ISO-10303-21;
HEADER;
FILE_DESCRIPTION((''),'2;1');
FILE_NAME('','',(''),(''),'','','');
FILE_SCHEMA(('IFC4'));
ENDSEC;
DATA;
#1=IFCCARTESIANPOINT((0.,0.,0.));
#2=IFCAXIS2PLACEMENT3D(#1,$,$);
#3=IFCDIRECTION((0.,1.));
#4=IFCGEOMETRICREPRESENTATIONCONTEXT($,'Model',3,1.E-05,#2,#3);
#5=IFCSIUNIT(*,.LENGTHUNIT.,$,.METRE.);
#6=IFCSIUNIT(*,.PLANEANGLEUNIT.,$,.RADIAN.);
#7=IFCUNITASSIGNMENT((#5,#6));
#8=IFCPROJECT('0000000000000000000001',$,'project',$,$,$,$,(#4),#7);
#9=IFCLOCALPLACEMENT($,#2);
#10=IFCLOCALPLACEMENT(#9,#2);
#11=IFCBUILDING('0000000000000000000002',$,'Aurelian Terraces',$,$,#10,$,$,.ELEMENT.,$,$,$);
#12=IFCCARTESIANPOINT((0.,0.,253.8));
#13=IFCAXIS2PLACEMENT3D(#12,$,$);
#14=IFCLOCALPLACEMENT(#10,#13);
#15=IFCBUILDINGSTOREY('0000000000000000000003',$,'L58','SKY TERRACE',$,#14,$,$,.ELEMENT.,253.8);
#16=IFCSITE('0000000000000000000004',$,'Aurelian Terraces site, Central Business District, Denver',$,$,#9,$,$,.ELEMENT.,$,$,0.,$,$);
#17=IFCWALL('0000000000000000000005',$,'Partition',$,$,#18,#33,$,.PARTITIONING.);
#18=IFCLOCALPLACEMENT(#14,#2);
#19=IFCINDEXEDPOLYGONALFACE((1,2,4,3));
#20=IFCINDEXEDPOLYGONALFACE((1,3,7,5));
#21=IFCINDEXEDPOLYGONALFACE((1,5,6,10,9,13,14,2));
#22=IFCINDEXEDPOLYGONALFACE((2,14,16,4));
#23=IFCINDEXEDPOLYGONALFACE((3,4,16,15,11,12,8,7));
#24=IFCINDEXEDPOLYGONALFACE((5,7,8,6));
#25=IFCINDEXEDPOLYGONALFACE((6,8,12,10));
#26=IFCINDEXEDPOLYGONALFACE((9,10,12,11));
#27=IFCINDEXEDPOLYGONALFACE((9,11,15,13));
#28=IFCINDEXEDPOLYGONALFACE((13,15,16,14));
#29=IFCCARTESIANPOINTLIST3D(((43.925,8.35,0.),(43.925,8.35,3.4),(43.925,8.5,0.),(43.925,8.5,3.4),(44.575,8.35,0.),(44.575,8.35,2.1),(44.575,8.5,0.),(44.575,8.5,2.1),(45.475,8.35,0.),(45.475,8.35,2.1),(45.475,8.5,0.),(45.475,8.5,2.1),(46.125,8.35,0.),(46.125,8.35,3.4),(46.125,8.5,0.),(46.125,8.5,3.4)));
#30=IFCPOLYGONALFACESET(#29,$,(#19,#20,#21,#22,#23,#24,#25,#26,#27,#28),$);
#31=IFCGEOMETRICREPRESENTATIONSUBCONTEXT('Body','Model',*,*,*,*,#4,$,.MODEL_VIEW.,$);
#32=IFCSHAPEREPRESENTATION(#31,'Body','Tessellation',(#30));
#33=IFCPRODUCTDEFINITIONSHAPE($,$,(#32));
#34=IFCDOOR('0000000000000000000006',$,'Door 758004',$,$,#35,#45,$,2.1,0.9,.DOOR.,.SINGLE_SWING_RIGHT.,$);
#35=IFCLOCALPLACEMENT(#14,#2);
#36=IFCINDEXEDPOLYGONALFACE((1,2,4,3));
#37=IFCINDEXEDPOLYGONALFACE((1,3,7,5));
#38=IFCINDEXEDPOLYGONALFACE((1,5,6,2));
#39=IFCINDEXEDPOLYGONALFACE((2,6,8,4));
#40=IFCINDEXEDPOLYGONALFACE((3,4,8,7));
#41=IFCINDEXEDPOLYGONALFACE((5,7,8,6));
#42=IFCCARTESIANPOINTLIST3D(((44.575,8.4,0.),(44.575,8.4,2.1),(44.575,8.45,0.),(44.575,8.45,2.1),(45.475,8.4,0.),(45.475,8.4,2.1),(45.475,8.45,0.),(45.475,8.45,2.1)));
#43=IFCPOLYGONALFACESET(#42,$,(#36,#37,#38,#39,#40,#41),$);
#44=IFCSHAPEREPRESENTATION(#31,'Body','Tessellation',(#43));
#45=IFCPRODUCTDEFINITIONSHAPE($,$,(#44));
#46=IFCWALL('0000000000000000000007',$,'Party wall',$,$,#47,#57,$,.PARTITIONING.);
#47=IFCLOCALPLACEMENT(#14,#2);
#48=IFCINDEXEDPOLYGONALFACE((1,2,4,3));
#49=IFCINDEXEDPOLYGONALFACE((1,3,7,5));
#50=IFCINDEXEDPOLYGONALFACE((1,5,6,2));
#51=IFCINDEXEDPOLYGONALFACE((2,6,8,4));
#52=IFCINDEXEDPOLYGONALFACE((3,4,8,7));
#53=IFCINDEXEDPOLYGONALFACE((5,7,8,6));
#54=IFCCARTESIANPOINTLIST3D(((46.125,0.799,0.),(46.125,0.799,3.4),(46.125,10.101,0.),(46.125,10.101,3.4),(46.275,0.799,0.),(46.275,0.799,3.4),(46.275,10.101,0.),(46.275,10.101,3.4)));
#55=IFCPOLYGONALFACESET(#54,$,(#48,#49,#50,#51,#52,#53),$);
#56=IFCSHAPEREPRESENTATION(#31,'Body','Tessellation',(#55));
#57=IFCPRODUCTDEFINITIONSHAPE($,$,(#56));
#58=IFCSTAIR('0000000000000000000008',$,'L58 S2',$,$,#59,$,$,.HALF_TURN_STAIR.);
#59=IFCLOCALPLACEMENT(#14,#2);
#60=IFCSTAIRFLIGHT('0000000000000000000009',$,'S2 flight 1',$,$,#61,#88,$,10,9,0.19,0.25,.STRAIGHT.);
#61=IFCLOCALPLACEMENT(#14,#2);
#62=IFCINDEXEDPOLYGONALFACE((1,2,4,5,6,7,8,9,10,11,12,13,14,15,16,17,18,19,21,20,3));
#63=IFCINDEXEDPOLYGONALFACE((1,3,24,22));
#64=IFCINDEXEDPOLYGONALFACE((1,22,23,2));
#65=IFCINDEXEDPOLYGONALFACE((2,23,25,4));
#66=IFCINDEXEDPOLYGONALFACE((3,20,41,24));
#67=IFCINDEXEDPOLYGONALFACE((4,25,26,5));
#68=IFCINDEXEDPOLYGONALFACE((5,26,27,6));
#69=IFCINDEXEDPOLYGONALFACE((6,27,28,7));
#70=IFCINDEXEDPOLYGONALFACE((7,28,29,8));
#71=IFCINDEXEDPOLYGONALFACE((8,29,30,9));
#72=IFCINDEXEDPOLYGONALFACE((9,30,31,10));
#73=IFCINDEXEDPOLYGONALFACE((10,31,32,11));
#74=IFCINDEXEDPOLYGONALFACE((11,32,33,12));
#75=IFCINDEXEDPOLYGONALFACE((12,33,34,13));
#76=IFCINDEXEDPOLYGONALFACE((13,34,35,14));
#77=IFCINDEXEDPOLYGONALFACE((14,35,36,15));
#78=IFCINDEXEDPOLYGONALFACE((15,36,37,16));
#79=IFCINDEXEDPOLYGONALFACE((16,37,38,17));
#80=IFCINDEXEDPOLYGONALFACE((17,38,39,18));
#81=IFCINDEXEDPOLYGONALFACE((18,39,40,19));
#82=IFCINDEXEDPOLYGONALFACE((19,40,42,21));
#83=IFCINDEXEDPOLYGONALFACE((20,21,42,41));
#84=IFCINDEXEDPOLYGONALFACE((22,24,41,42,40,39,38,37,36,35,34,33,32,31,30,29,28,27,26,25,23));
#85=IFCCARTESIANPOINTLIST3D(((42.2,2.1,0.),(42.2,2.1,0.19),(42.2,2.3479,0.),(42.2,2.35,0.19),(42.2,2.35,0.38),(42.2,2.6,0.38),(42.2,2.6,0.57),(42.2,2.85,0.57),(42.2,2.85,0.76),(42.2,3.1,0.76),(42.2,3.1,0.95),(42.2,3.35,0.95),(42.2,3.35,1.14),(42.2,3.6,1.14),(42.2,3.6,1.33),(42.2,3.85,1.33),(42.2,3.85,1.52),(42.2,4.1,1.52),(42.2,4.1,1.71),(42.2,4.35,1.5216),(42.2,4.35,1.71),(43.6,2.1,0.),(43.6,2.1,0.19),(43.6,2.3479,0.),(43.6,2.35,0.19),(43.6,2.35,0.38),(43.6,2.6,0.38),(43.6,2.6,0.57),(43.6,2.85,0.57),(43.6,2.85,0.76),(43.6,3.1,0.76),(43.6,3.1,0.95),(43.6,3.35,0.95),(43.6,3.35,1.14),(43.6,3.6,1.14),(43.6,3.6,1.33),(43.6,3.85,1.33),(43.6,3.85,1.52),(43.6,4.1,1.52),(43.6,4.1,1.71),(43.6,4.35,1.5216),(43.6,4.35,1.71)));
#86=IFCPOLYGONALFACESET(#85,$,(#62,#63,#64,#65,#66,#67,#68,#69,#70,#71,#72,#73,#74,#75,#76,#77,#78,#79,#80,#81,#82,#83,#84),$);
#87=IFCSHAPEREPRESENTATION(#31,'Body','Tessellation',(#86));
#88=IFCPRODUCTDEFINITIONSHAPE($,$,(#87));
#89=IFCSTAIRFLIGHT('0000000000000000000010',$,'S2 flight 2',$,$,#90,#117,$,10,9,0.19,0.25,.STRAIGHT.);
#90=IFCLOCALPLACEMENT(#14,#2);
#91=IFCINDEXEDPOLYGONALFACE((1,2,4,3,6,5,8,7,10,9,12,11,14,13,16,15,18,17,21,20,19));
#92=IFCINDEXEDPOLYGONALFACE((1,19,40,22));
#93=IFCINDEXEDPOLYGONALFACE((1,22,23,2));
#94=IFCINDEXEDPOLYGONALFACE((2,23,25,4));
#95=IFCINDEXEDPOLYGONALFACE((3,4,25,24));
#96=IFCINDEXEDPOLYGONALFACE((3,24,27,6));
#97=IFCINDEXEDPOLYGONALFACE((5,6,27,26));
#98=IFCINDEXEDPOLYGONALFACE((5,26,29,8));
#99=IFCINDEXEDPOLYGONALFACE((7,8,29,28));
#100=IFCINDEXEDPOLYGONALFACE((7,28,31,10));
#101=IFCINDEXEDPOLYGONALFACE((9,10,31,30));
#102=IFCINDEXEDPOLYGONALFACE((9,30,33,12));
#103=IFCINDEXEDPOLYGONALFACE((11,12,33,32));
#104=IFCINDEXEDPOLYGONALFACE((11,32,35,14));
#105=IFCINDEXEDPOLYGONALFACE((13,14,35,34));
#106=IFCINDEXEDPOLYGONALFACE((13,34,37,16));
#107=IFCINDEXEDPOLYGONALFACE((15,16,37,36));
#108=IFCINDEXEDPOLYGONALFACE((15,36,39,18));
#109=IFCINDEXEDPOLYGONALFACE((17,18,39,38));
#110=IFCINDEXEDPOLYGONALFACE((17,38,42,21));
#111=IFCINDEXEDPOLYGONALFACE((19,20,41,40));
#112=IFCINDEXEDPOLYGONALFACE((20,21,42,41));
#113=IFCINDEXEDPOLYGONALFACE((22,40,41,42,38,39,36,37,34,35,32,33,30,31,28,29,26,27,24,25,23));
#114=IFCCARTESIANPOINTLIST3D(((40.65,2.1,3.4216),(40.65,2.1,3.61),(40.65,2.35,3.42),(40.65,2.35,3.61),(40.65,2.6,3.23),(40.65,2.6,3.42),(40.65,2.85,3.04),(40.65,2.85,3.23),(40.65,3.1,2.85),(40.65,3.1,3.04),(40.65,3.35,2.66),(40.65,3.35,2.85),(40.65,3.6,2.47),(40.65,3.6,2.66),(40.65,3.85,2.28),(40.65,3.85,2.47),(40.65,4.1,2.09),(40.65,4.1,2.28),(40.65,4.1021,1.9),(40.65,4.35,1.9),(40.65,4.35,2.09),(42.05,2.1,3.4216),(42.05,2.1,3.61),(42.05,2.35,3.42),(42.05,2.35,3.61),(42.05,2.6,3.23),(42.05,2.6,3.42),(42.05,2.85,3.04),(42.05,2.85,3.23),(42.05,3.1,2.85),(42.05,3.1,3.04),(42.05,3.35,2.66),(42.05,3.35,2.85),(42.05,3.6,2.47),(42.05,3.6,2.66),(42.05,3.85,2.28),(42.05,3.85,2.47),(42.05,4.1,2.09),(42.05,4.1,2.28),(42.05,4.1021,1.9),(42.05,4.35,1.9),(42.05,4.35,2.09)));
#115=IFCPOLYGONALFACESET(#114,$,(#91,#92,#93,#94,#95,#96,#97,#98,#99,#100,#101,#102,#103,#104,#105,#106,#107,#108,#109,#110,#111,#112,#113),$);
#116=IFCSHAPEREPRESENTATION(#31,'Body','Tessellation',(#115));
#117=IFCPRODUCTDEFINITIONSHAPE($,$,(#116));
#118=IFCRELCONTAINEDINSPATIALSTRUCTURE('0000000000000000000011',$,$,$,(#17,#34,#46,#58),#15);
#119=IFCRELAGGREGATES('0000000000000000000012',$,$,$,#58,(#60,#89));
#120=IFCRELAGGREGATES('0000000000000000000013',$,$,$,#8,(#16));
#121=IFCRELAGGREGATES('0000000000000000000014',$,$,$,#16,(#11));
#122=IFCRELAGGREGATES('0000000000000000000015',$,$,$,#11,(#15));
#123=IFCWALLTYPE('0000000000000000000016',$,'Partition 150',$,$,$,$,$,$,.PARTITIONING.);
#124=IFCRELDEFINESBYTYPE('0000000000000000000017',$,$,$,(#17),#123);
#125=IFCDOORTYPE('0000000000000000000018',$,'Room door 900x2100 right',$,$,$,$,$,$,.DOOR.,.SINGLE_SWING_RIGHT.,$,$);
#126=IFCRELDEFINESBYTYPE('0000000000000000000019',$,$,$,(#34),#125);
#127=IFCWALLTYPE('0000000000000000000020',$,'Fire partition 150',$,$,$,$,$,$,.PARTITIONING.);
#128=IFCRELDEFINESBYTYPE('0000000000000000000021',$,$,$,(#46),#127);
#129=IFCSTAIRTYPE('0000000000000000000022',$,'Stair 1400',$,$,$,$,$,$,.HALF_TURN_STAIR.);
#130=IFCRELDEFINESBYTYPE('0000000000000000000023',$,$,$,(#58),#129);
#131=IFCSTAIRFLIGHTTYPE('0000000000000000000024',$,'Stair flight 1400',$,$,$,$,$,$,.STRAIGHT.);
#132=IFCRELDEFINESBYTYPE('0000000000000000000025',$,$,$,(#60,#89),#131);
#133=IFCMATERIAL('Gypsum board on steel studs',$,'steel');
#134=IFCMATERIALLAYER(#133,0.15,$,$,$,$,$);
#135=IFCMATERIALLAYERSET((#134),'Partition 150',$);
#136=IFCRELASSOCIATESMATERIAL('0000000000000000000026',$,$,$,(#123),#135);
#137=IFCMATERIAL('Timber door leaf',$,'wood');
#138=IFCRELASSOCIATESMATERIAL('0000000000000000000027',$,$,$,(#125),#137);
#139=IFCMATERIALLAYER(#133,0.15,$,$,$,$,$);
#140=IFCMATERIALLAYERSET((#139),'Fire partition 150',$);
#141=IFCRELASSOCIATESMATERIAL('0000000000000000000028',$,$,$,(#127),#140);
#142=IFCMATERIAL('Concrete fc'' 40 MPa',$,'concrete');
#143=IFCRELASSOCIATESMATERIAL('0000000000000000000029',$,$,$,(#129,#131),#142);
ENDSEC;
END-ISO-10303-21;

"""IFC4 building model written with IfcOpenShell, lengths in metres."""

from ifc_helpers import new_model, si_unit, direction, frame, frame_2d, origin, place, context, subcontext, project, spatial, polyline, rectangle, outline, extrude, source, transform, mapped, material, layer, layer_set, type_object, element, fill, aggregate, save


model = new_model("IFC4")

# Units and contexts
model_context = context("Model", 3, precision=1e-05, world=origin(), true_north=direction((0.0, 1.0)))
body_context = subcontext(model_context, "Body", "Model", "MODEL_VIEW")
ifc_project = project(units=[si_unit("LENGTHUNIT", "METRE"), si_unit("PLANEANGLEUNIT", "RADIAN")], contexts=[model_context])

# Site, building, storey
site_placement = place(None, origin())
site = spatial("IfcSite", under=ifc_project, at=site_placement, Name="Aurelian Terraces site, Central Business District, Denver", CompositionType="ELEMENT", RefElevation=0.0)
building_placement = place(site_placement, origin())
building = spatial("IfcBuilding", under=site, at=building_placement, Name="Aurelian Terraces", CompositionType="ELEMENT")
storey_placement = place(building_placement, frame((0.0, 0.0, 253.8)))
storey = spatial("IfcBuildingStorey", under=building, at=storey_placement, Name="L58", Description="SKY TERRACE", CompositionType="ELEMENT", Elevation=253.8)

# Shared definitions
ifc_material_1 = material(Name="Concrete fc' 40 MPa", Category="concrete")

# Shared definitions
ifc_material_2 = material(Name="Gypsum board on steel studs", Category="steel")

# Wall, opening, door
ifc_layer_1 = layer(ifc_material_2, 0.15)
ifc_layer_set_1 = layer_set([ifc_layer_1], Name="Partition 150")
wall_type_1 = type_object("IfcWallType", Name="Partition 150", PredefinedType="PARTITIONING", material=ifc_layer_set_1)
shared_shape_1 = source(origin(), body_context, "Body", "SweptSolid", [
    extrude(rectangle(XDim=2.2, YDim=0.15, at=frame_2d((1.1, 0.0))), origin(), (0.0, 0.0, 1.0), 3.4),
])
wall_1_placement = place(storey_placement, frame((46.125, 8.425, 0.0), z_axis=(0.0, 0.0, 1.0), x_axis=(-1.0, 0.0, 0.0)))
wall_1 = element("IfcWall", 1, at=wall_1_placement, inside=storey, type_object=wall_type_1, Name="Partition", PredefinedType="PARTITIONING", context=body_context, shape_type="MappedRepresentation", body=[
    mapped(shared_shape_1, transform((0.0, 0.0, 0.0), scale=1.0)),
])
shared_shape_2 = source(origin(), body_context, "Body", "SweptSolid", [
    extrude(rectangle(XDim=0.9, YDim=2.1, at=frame_2d((0.45, 1.05))), frame((0.0, 0.085, 0.0), z_axis=(0.0, -1.0, 0.0), x_axis=(1.0, 0.0, 0.0)), (0.0, 0.0, 1.0), 0.17),
])
opening_1_placement = place(wall_1_placement, frame((0.65, 0.0, 0.0)))
opening_1 = element("IfcOpeningElement", 2, at=opening_1_placement, cuts=wall_1, PredefinedType="OPENING", context=body_context, shape_type="MappedRepresentation", body=[
    mapped(shared_shape_2, transform((0.0, 0.0, 0.0), scale=1.0)),
])
ifc_material_3 = material(Name="Timber door leaf", Category="wood")
door_type_1 = type_object("IfcDoorType", Name="Room door 900x2100 right", OperationType="SINGLE_SWING_RIGHT", PredefinedType="DOOR", material=ifc_material_3)
shared_shape_3 = source(origin(), body_context, "Body", "SweptSolid", [
    extrude(rectangle(XDim=0.9, YDim=2.1, at=frame_2d((0.45, 1.05))), frame((0.0, 0.025, 0.0), z_axis=(0.0, -1.0, 0.0), x_axis=(1.0, 0.0, 0.0)), (0.0, 0.0, 1.0), 0.05),
])
door_1_placement = place(opening_1_placement, origin())
door_1 = element("IfcDoor", 3, at=door_1_placement, inside=storey, type_object=door_type_1, Name="Door 758004", OperationType="SINGLE_SWING_RIGHT", OverallHeight=2.1, OverallWidth=0.9, PredefinedType="DOOR", context=body_context, shape_type="MappedRepresentation", body=[
    mapped(shared_shape_3, transform((0.0, 0.0, 0.0), scale=1.0)),
])
fill(opening_1, door_1)

# Wall
ifc_layer_2 = layer(ifc_material_2, 0.15)
ifc_layer_set_2 = layer_set([ifc_layer_2], Name="Fire partition 150")
wall_type_2 = type_object("IfcWallType", Name="Fire partition 150", PredefinedType="PARTITIONING", material=ifc_layer_set_2)
shared_shape_4 = source(origin(), body_context, "Body", "SweptSolid", [
    extrude(rectangle(XDim=9.302, YDim=0.15, at=frame_2d((4.651, 0.0))), origin(), (0.0, 0.0, 1.0), 3.4),
])
wall_2_placement = place(storey_placement, frame((46.2, 0.799, 0.0), z_axis=(0.0, 0.0, 1.0), x_axis=(0.0, 1.0, 0.0)))
element("IfcWall", 4, at=wall_2_placement, inside=storey, type_object=wall_type_2, Name="Party wall", PredefinedType="PARTITIONING", context=body_context, shape_type="MappedRepresentation", body=[
    mapped(shared_shape_4, transform((0.0, 0.0, 0.0), scale=1.0)),
])

# Stair, stair flights
stair_type = type_object("IfcStairType", Name="Stair 1400", PredefinedType="HALF_TURN_STAIR", material=ifc_material_1)
stair_placement = place(storey_placement, origin())
stair = element("IfcStair", 5, at=stair_placement, inside=storey, type_object=stair_type, Name="L58 S2", PredefinedType="HALF_TURN_STAIR")
stair_flight_type = type_object("IfcStairFlightType", Name="Stair flight 1400", PredefinedType="STRAIGHT", material=ifc_material_1)
shared_shape_5 = source(origin(), body_context, "Body", "SweptSolid", [
    extrude(outline(polyline([(0.0, 0.0), (0.0, 0.19), (0.25, 0.19), (0.25, 0.38), (0.5, 0.38), (0.5, 0.57), (0.75, 0.57), (0.75, 0.76), (1.0, 0.76), (1.0, 0.95), (1.25, 0.95), (1.25, 1.14), (1.5, 1.14), (1.5, 1.33), (1.75, 1.33), (1.75, 1.52), (2.0, 1.52), (2.0, 1.71), (2.25, 1.71), (2.25, 1.9), (2.25, 1.5216), (0.2479, 0.0), (0.0, 0.0)])), frame((0.0, 0.7, 0.0), z_axis=(0.0, -1.0, 0.0), x_axis=(1.0, 0.0, 0.0)), (0.0, 0.0, 1.0), 1.4),
])
stair_flight_1_placement = place(storey_placement, frame((42.9, 2.1, 0.0), z_axis=(0.0, 0.0, 1.0), x_axis=(0.0, 1.0, 0.0)))
stair_flight_1 = element("IfcStairFlight", 6, at=stair_flight_1_placement, type_object=stair_flight_type, Name="S2 flight 1", NumberOfRisers=10, NumberOfTreads=9, PredefinedType="STRAIGHT", RiserHeight=0.19, TreadLength=0.25, context=body_context, shape_type="MappedRepresentation", body=[
    mapped(shared_shape_5, transform((0.0, 0.0, 0.0), scale=1.0)),
])
stair_flight_2_placement = place(storey_placement, frame((41.35, 4.35, 1.9), z_axis=(0.0, 0.0, 1.0), x_axis=(0.0, -1.0, 0.0)))
stair_flight_2 = element("IfcStairFlight", 7, at=stair_flight_2_placement, type_object=stair_flight_type, Name="S2 flight 2", NumberOfRisers=10, NumberOfTreads=9, PredefinedType="STRAIGHT", RiserHeight=0.19, TreadLength=0.25, context=body_context, shape_type="MappedRepresentation", body=[
    mapped(shared_shape_5, transform((0.0, 0.0, 0.0), scale=1.0)),
])
aggregate(stair, [stair_flight_1, stair_flight_2])

save(model, "model.ifc")
